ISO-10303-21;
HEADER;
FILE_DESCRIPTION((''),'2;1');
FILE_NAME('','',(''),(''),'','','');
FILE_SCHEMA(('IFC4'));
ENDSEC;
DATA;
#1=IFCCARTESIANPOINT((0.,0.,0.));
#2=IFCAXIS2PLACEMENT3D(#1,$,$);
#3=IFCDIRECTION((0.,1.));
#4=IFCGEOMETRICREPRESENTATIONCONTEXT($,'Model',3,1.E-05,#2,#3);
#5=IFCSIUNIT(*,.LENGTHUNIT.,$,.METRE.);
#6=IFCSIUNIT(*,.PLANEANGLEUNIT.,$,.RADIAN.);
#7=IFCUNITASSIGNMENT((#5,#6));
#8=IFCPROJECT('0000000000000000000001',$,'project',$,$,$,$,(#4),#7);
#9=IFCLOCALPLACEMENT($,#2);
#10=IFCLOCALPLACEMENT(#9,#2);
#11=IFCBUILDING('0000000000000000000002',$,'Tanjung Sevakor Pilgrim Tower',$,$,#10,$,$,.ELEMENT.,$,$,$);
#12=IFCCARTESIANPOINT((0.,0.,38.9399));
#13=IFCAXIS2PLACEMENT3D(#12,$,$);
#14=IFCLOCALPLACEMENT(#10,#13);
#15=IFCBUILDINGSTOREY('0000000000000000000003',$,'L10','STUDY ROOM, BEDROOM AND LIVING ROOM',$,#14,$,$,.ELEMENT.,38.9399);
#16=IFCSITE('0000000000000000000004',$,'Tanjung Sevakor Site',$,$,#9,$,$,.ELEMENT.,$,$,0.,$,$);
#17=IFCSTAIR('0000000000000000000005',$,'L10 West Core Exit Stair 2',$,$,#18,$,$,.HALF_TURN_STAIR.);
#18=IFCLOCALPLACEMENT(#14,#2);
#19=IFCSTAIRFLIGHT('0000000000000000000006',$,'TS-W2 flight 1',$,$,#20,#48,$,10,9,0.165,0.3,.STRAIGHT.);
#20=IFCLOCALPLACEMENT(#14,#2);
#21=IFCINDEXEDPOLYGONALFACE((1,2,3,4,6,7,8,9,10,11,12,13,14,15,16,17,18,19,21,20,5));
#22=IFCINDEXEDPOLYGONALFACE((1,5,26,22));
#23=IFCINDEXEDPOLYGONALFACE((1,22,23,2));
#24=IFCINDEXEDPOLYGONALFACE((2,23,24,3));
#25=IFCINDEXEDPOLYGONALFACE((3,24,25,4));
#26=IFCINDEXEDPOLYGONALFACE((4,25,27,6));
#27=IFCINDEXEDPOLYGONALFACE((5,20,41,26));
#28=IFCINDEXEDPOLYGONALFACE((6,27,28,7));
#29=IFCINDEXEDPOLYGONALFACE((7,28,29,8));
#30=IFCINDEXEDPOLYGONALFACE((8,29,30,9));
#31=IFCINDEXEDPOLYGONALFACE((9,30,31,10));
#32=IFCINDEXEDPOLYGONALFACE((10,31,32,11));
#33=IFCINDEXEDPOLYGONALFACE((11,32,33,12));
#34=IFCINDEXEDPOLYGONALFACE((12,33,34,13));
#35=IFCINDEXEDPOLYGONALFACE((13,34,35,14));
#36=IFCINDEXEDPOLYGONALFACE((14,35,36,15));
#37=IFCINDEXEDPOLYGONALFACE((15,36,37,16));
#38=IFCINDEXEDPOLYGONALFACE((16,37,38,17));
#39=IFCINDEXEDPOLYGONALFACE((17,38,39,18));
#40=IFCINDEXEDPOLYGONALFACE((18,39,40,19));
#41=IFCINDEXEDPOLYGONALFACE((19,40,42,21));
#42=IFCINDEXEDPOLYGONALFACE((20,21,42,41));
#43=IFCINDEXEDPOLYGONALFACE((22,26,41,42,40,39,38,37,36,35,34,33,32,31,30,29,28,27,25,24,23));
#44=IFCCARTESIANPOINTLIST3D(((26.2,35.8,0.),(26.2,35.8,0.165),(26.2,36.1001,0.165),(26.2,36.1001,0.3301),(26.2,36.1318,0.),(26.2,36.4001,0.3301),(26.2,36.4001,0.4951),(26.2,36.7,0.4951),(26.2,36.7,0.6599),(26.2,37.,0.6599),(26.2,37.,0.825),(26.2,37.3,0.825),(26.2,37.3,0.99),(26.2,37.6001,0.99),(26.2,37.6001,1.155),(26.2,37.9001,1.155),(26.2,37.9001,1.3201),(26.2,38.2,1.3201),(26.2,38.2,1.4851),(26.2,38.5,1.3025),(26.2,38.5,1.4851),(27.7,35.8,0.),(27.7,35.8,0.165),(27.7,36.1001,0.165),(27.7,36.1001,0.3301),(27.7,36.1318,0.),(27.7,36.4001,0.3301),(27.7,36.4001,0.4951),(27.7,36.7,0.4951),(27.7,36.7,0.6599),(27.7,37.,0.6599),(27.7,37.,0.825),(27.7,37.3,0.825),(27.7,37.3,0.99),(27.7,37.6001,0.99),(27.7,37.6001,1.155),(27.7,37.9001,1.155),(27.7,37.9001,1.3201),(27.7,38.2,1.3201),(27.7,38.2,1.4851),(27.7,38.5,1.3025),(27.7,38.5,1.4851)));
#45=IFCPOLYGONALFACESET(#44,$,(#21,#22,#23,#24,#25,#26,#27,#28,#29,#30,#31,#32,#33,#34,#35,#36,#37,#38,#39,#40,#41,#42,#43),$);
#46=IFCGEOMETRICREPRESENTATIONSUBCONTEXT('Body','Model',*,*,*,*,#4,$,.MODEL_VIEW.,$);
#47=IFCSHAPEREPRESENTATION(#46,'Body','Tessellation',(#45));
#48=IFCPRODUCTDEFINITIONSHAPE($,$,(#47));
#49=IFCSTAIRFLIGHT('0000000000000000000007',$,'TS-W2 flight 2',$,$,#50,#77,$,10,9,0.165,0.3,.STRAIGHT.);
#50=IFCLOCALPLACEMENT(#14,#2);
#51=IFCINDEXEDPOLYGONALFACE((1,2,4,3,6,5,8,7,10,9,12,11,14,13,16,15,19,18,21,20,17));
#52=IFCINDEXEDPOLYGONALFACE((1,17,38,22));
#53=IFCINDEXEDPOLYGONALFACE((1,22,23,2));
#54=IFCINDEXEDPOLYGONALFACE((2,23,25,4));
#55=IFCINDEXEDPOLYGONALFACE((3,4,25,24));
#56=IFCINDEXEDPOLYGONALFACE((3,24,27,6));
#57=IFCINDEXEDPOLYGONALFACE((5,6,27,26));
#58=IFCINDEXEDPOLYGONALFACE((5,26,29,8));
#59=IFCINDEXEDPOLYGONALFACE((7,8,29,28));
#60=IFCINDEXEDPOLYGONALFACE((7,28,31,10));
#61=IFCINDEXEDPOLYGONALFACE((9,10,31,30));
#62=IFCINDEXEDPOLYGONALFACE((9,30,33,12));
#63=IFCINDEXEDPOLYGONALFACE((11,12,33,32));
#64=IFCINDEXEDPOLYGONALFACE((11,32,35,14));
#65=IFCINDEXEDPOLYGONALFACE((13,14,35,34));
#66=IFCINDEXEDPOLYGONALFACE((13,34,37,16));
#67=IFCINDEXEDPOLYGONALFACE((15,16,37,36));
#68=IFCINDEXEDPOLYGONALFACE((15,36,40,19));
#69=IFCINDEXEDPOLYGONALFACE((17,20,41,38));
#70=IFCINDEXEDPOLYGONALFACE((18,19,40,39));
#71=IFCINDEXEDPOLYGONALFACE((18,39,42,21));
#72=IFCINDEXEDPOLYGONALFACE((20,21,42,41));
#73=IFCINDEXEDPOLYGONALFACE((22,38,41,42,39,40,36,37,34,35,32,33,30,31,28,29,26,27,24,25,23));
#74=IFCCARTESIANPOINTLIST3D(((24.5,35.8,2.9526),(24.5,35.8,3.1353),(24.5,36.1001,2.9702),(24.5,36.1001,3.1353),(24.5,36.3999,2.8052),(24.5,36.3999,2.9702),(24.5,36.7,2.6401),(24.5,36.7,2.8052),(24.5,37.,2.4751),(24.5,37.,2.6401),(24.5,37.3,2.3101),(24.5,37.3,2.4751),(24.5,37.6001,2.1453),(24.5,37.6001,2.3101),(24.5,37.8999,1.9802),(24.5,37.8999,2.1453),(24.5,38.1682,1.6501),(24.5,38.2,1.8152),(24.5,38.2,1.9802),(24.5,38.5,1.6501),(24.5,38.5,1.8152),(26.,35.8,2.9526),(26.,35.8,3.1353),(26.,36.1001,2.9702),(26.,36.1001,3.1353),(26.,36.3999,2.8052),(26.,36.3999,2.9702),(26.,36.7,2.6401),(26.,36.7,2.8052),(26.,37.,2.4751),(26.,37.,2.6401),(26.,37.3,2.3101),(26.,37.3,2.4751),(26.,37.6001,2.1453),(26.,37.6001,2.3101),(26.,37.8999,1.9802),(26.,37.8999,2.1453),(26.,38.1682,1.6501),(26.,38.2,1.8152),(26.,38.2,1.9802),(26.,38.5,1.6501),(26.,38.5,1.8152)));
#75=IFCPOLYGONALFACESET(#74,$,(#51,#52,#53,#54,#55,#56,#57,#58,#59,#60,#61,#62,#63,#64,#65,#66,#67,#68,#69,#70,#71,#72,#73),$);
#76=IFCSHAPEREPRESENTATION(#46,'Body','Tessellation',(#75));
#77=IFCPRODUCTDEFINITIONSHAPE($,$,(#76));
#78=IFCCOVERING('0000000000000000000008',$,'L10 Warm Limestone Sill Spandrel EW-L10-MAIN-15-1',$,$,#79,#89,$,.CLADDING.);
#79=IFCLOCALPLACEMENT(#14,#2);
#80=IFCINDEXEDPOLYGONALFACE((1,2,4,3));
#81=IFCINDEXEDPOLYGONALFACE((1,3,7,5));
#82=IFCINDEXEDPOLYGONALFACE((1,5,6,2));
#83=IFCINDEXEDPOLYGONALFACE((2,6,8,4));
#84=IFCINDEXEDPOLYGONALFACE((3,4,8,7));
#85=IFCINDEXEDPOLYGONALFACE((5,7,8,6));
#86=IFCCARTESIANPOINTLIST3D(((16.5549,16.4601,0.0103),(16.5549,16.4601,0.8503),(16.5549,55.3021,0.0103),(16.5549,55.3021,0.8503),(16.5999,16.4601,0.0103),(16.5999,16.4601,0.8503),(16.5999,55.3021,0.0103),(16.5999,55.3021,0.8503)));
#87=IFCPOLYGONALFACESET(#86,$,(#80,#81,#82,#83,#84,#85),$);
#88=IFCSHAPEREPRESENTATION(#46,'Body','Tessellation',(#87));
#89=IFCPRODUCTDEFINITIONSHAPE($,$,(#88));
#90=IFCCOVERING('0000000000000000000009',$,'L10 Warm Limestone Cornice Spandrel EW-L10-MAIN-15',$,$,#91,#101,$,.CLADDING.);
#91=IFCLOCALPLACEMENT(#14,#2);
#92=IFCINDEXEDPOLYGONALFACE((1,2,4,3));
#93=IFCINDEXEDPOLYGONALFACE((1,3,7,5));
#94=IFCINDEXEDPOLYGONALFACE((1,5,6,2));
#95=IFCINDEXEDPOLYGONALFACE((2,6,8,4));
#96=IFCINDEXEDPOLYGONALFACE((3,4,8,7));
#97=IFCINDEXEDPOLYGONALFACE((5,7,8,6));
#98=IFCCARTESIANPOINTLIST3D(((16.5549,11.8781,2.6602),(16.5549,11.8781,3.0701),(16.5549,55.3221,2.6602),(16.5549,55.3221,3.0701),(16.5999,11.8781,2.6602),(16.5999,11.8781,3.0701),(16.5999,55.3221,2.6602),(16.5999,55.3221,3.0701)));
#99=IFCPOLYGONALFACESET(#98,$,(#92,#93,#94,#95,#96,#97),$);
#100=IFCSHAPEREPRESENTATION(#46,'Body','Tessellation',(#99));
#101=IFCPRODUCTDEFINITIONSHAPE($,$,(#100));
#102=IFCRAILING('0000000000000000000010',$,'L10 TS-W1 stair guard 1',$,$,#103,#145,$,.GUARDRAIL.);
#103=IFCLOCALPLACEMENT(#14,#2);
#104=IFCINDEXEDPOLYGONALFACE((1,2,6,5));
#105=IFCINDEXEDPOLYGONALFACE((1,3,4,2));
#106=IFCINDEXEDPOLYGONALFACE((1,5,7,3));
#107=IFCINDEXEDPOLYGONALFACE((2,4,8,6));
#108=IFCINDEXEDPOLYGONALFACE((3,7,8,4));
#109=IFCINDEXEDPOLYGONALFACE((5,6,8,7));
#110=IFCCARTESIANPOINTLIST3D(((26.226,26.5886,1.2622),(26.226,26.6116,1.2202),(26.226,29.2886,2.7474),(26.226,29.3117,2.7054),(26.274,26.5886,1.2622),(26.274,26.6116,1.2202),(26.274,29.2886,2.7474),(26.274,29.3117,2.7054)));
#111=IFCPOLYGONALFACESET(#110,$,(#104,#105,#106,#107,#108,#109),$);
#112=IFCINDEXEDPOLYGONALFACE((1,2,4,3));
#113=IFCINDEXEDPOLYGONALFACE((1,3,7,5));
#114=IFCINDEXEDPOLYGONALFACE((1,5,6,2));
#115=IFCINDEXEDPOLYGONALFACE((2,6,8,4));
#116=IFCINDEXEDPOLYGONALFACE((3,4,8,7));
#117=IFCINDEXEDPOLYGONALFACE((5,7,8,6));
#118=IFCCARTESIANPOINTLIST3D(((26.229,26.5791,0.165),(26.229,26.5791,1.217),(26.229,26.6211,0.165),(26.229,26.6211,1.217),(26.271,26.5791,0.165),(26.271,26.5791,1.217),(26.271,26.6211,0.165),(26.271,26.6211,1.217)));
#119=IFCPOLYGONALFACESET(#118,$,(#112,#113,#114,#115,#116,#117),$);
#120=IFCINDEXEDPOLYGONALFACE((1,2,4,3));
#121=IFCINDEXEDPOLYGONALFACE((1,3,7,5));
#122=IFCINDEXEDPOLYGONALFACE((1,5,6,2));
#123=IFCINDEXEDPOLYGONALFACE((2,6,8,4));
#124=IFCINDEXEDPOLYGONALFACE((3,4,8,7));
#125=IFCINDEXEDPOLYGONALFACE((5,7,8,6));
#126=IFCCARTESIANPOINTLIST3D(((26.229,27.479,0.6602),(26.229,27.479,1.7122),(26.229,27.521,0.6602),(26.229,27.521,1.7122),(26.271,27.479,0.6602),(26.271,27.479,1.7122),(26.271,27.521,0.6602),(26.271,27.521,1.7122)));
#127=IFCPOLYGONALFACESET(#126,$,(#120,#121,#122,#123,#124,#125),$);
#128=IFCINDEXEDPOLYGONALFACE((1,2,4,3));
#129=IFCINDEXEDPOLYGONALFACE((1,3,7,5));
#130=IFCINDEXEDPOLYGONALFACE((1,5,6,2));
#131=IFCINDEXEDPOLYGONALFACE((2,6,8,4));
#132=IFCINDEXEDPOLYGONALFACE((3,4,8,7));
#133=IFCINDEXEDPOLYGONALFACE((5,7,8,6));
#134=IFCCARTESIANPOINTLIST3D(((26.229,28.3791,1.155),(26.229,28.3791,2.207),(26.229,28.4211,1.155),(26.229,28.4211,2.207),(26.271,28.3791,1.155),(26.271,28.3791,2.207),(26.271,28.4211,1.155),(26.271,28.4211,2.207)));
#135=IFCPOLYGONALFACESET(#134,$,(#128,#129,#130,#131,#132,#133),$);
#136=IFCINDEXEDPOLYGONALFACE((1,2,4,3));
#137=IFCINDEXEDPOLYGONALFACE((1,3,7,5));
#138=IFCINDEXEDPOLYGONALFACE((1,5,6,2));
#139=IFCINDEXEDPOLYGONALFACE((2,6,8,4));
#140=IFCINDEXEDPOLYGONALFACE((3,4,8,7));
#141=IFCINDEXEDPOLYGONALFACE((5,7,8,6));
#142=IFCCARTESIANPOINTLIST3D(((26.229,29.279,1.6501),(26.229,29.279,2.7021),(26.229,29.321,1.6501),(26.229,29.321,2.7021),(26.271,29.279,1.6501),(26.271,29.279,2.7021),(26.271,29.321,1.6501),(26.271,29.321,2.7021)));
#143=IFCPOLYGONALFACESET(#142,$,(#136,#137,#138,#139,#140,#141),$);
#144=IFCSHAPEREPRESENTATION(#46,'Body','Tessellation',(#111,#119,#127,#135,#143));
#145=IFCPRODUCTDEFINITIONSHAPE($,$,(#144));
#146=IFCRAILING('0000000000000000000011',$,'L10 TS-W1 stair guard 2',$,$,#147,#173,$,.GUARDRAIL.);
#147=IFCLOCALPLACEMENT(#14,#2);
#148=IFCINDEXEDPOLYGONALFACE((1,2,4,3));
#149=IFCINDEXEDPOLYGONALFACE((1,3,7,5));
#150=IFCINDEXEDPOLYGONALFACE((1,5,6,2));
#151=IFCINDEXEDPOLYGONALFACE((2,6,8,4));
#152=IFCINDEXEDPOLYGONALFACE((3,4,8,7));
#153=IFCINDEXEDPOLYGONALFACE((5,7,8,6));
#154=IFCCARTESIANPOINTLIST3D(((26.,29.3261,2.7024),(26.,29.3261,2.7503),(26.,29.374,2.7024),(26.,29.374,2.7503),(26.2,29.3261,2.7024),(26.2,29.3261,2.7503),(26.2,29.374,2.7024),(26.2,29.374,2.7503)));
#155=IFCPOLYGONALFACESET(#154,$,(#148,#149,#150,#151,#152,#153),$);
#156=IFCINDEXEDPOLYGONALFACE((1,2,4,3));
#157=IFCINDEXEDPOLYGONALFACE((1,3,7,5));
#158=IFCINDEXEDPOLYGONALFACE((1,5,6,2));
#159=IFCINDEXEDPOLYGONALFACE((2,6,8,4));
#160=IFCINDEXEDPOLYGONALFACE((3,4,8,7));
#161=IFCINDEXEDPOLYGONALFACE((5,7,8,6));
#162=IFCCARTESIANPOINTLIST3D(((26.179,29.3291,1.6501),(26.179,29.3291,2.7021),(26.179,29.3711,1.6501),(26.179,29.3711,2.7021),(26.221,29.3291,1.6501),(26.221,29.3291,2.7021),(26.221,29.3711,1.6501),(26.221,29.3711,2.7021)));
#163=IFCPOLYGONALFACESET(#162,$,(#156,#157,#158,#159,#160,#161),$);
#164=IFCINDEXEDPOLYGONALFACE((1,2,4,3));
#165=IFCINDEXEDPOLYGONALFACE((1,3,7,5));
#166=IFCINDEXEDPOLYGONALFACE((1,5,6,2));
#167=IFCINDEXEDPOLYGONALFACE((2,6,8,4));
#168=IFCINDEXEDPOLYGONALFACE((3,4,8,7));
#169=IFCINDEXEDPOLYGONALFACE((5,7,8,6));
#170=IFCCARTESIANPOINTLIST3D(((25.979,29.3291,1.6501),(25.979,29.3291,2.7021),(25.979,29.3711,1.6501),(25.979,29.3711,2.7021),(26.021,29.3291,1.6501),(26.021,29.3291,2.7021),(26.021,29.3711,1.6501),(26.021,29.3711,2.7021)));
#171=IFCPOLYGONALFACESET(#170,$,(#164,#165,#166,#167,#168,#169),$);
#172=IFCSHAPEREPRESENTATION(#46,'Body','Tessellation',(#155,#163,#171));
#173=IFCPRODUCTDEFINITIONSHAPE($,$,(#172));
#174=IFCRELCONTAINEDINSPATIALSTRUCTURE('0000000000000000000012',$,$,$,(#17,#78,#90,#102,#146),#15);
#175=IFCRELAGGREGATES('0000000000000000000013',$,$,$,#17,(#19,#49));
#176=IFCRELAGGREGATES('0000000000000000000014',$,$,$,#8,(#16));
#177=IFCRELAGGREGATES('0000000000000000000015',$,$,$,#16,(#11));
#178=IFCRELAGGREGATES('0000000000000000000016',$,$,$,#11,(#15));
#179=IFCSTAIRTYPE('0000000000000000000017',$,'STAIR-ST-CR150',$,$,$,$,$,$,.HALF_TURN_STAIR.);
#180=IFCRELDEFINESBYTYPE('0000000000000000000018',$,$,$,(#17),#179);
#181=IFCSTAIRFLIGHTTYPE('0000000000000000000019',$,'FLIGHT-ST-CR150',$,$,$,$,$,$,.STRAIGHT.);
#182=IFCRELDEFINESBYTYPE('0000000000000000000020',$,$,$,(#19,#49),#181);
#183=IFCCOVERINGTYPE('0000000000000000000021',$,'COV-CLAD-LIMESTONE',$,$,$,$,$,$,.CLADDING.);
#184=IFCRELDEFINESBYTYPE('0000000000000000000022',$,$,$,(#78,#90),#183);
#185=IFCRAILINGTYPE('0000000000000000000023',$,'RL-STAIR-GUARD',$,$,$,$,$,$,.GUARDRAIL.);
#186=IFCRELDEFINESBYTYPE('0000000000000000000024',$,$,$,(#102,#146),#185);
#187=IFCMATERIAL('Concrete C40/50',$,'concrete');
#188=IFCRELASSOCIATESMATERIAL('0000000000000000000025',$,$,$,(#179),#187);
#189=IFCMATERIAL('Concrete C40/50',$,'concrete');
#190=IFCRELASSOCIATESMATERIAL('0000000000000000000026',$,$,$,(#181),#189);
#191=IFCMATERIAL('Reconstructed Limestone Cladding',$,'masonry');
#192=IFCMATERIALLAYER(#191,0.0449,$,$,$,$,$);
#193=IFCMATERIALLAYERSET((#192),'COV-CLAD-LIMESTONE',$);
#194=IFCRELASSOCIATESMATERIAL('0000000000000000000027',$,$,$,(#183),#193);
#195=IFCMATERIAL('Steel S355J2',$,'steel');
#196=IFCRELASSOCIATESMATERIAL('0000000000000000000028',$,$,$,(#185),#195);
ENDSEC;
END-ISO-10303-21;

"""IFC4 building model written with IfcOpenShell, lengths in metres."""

from ifc_helpers import new_model, si_unit, direction, frame, origin, origin_2d, place, context, subcontext, project, spatial, polyline, rectangle, outline, extrude, material, layer, layer_set, type_object, element, aggregate, save


model = new_model("IFC4")

# Units and contexts
model_context = context("Model", 3, precision=1e-05, world=origin(), true_north=direction((0.0, 1.0)))
body_context = subcontext(model_context, "Body", "Model", "MODEL_VIEW")
ifc_project = project(units=[si_unit("LENGTHUNIT", "METRE"), si_unit("PLANEANGLEUNIT", "RADIAN")], contexts=[model_context])

# Site, building, storey
site_placement = place(None, origin())
site = spatial("IfcSite", under=ifc_project, at=site_placement, Name="Tanjung Sevakor Site", CompositionType="ELEMENT", RefElevation=0.0)
building_placement = place(site_placement, origin())
building = spatial("IfcBuilding", under=site, at=building_placement, Name="Tanjung Sevakor Pilgrim Tower", CompositionType="ELEMENT")
storey_placement = place(building_placement, frame((0.0, 0.0, 38.9399)))
storey = spatial("IfcBuildingStorey", under=building, at=storey_placement, Name="L10", Description="STUDY ROOM, BEDROOM AND LIVING ROOM", CompositionType="ELEMENT", Elevation=38.9399)

# Stair, stair flights
ifc_material_1 = material(Name="Concrete C40/50", Category="concrete")
stair_type = type_object("IfcStairType", Name="STAIR-ST-CR150", PredefinedType="HALF_TURN_STAIR", material=ifc_material_1)
ifc_material_2 = material(Name="Concrete C40/50", Category="concrete")
stair_flight_type = type_object("IfcStairFlightType", Name="FLIGHT-ST-CR150", PredefinedType="STRAIGHT", material=ifc_material_2)
stair_1_placement = place(storey_placement, origin())
stair_1 = element("IfcStair", 1, at=stair_1_placement, inside=storey, type_object=stair_type, Name="L10 West Core Exit Stair 2", PredefinedType="HALF_TURN_STAIR")
stair_flight_1_placement = place(storey_placement, frame((26.95, 35.8, 0.0), z_axis=(0.0, 0.0, 1.0), x_axis=(0.0, 1.0, 0.0)))
stair_flight_1 = element("IfcStairFlight", 2, at=stair_flight_1_placement, type_object=stair_flight_type, Name="TS-W2 flight 1", NumberOfRisers=10, NumberOfTreads=9, PredefinedType="STRAIGHT", RiserHeight=0.165, TreadLength=0.3, context=body_context, shape_type="SweptSolid", body=[
    extrude(outline(polyline([(0.0, 0.0), (0.0, 0.165), (0.3, 0.165), (0.3, 0.3301), (0.6001, 0.3301), (0.6001, 0.4951), (0.8999, 0.4951), (0.8999, 0.6599), (1.2, 0.6599), (1.2, 0.825), (1.5, 0.825), (1.5, 0.99), (1.8, 0.99), (1.8, 1.155), (2.1001, 1.155), (2.1001, 1.3201), (2.3999, 1.3201), (2.3999, 1.4851), (2.7, 1.4851), (2.7, 1.6499), (2.7, 1.3025), (0.3318, 0.0), (0.0, 0.0)])), frame((0.0, 0.75, 0.0), z_axis=(0.0, -1.0, 0.0), x_axis=(1.0, 0.0, 0.0)), (0.0, 0.0, 1.0), 1.5),
])
stair_flight_2_placement = place(storey_placement, frame((25.25, 38.5, 1.6501), z_axis=(0.0, 0.0, 1.0), x_axis=(0.0, -1.0, 0.0)))
stair_flight_2 = element("IfcStairFlight", 3, at=stair_flight_2_placement, type_object=stair_flight_type, Name="TS-W2 flight 2", NumberOfRisers=10, NumberOfTreads=9, PredefinedType="STRAIGHT", RiserHeight=0.165, TreadLength=0.3, context=body_context, shape_type="SweptSolid", body=[
    extrude(outline(polyline([(0.0, 0.0), (0.0, 0.165), (0.3, 0.165), (0.3, 0.3301), (0.6001, 0.3301), (0.6001, 0.4951), (0.8999, 0.4951), (0.8999, 0.6599), (1.2, 0.6599), (1.2, 0.825), (1.5, 0.825), (1.5, 0.99), (1.8, 0.99), (1.8, 1.155), (2.1001, 1.155), (2.1001, 1.3201), (2.3999, 1.3201), (2.3999, 1.4851), (2.7, 1.4851), (2.7, 1.6499), (2.7, 1.3025), (0.3318, 0.0), (0.0, 0.0)])), frame((0.0, 0.75, 0.0), z_axis=(0.0, -1.0, 0.0), x_axis=(1.0, 0.0, 0.0)), (0.0, 0.0, 1.0), 1.5),
])
aggregate(stair_1, [stair_flight_1, stair_flight_2])

# Coverings
ifc_material_3 = material(Name="Reconstructed Limestone Cladding", Category="masonry")
ifc_layer_1 = layer(ifc_material_3, 0.0449)
ifc_layer_set_1 = layer_set([ifc_layer_1], Name="COV-CLAD-LIMESTONE")
covering_type = type_object("IfcCoveringType", Name="COV-CLAD-LIMESTONE", PredefinedType="CLADDING", material=ifc_layer_set_1)
covering_1_placement = place(storey_placement, frame((16.5774, 35.8811, 0.0103), z_axis=(0.0, 0.0, 1.0), x_axis=(0.0, -1.0, 0.0)))
element("IfcCovering", 4, at=covering_1_placement, inside=storey, type_object=covering_type, Name="L10 Warm Limestone Sill Spandrel EW-L10-MAIN-15-1", PredefinedType="CLADDING", context=body_context, shape_type="SweptSolid", body=[
    extrude(rectangle(XDim=38.842, YDim=0.0449, at=origin_2d()), origin(), (0.0, 0.0, 1.0), 0.8401),
])
covering_2_placement = place(storey_placement, frame((16.5774, 33.6001, 2.6602), z_axis=(0.0, 0.0, 1.0), x_axis=(0.0, -1.0, 0.0)))
element("IfcCovering", 5, at=covering_2_placement, inside=storey, type_object=covering_type, Name="L10 Warm Limestone Cornice Spandrel EW-L10-MAIN-15", PredefinedType="CLADDING", context=body_context, shape_type="SweptSolid", body=[
    extrude(rectangle(XDim=43.4441, YDim=0.0449, at=origin_2d()), origin(), (0.0, 0.0, 1.0), 0.4099),
])

# Railings
ifc_material_4 = material(Name="Steel S355J2", Category="steel")
railing_type_1 = type_object("IfcRailingType", Name="RL-STAIR-GUARD", PredefinedType="GUARDRAIL", material=ifc_material_4)
railing_1_placement = place(storey_placement, frame((26.25, 26.6001, 0.165)))
element("IfcRailing", 6, at=railing_1_placement, inside=storey, type_object=railing_type_1, Name="L10 TS-W1 stair guard 1", PredefinedType="GUARDRAIL", context=body_context, shape_type="SweptSolid", body=[
    extrude(rectangle(XDim=0.0479, YDim=0.0479), frame((0.0, 0.0, 1.0762), z_axis=(0.0, 0.876198, 0.481952), x_axis=(-1.0, 0.0, 0.0)), (0.0, 0.0, 1.0), 3.0815),
    extrude(rectangle(XDim=0.042, YDim=0.042), origin(), (0.0, 0.0, 1.0), 1.052),
    extrude(rectangle(XDim=0.042, YDim=0.042), frame((0.0, 0.8999, 0.4951)), (0.0, 0.0, 1.0), 1.052),
    extrude(rectangle(XDim=0.042, YDim=0.042), frame((0.0, 1.8, 0.99)), (0.0, 0.0, 1.0), 1.052),
    extrude(rectangle(XDim=0.042, YDim=0.042), frame((0.0, 2.7, 1.4851)), (0.0, 0.0, 1.0), 1.052),
])
railing_2_placement = place(storey_placement, frame((26.2, 29.3501, 1.6501)))
element("IfcRailing", 7, at=railing_2_placement, inside=storey, type_object=railing_type_1, Name="L10 TS-W1 stair guard 2", PredefinedType="GUARDRAIL", context=body_context, shape_type="SweptSolid", body=[
    extrude(rectangle(XDim=0.0479, YDim=0.0479), frame((0.0, 0.0, 1.0762), z_axis=(-1.0, 0.0, 0.0), x_axis=(0.0, -1.0, 0.0)), (0.0, 0.0, 1.0), 0.2),
    extrude(rectangle(XDim=0.042, YDim=0.042), origin(), (0.0, 0.0, 1.0), 1.052),
    extrude(rectangle(XDim=0.042, YDim=0.042), frame((-0.2, 0.0, 0.0)), (0.0, 0.0, 1.0), 1.052),
])

save(model, "model.ifc")
